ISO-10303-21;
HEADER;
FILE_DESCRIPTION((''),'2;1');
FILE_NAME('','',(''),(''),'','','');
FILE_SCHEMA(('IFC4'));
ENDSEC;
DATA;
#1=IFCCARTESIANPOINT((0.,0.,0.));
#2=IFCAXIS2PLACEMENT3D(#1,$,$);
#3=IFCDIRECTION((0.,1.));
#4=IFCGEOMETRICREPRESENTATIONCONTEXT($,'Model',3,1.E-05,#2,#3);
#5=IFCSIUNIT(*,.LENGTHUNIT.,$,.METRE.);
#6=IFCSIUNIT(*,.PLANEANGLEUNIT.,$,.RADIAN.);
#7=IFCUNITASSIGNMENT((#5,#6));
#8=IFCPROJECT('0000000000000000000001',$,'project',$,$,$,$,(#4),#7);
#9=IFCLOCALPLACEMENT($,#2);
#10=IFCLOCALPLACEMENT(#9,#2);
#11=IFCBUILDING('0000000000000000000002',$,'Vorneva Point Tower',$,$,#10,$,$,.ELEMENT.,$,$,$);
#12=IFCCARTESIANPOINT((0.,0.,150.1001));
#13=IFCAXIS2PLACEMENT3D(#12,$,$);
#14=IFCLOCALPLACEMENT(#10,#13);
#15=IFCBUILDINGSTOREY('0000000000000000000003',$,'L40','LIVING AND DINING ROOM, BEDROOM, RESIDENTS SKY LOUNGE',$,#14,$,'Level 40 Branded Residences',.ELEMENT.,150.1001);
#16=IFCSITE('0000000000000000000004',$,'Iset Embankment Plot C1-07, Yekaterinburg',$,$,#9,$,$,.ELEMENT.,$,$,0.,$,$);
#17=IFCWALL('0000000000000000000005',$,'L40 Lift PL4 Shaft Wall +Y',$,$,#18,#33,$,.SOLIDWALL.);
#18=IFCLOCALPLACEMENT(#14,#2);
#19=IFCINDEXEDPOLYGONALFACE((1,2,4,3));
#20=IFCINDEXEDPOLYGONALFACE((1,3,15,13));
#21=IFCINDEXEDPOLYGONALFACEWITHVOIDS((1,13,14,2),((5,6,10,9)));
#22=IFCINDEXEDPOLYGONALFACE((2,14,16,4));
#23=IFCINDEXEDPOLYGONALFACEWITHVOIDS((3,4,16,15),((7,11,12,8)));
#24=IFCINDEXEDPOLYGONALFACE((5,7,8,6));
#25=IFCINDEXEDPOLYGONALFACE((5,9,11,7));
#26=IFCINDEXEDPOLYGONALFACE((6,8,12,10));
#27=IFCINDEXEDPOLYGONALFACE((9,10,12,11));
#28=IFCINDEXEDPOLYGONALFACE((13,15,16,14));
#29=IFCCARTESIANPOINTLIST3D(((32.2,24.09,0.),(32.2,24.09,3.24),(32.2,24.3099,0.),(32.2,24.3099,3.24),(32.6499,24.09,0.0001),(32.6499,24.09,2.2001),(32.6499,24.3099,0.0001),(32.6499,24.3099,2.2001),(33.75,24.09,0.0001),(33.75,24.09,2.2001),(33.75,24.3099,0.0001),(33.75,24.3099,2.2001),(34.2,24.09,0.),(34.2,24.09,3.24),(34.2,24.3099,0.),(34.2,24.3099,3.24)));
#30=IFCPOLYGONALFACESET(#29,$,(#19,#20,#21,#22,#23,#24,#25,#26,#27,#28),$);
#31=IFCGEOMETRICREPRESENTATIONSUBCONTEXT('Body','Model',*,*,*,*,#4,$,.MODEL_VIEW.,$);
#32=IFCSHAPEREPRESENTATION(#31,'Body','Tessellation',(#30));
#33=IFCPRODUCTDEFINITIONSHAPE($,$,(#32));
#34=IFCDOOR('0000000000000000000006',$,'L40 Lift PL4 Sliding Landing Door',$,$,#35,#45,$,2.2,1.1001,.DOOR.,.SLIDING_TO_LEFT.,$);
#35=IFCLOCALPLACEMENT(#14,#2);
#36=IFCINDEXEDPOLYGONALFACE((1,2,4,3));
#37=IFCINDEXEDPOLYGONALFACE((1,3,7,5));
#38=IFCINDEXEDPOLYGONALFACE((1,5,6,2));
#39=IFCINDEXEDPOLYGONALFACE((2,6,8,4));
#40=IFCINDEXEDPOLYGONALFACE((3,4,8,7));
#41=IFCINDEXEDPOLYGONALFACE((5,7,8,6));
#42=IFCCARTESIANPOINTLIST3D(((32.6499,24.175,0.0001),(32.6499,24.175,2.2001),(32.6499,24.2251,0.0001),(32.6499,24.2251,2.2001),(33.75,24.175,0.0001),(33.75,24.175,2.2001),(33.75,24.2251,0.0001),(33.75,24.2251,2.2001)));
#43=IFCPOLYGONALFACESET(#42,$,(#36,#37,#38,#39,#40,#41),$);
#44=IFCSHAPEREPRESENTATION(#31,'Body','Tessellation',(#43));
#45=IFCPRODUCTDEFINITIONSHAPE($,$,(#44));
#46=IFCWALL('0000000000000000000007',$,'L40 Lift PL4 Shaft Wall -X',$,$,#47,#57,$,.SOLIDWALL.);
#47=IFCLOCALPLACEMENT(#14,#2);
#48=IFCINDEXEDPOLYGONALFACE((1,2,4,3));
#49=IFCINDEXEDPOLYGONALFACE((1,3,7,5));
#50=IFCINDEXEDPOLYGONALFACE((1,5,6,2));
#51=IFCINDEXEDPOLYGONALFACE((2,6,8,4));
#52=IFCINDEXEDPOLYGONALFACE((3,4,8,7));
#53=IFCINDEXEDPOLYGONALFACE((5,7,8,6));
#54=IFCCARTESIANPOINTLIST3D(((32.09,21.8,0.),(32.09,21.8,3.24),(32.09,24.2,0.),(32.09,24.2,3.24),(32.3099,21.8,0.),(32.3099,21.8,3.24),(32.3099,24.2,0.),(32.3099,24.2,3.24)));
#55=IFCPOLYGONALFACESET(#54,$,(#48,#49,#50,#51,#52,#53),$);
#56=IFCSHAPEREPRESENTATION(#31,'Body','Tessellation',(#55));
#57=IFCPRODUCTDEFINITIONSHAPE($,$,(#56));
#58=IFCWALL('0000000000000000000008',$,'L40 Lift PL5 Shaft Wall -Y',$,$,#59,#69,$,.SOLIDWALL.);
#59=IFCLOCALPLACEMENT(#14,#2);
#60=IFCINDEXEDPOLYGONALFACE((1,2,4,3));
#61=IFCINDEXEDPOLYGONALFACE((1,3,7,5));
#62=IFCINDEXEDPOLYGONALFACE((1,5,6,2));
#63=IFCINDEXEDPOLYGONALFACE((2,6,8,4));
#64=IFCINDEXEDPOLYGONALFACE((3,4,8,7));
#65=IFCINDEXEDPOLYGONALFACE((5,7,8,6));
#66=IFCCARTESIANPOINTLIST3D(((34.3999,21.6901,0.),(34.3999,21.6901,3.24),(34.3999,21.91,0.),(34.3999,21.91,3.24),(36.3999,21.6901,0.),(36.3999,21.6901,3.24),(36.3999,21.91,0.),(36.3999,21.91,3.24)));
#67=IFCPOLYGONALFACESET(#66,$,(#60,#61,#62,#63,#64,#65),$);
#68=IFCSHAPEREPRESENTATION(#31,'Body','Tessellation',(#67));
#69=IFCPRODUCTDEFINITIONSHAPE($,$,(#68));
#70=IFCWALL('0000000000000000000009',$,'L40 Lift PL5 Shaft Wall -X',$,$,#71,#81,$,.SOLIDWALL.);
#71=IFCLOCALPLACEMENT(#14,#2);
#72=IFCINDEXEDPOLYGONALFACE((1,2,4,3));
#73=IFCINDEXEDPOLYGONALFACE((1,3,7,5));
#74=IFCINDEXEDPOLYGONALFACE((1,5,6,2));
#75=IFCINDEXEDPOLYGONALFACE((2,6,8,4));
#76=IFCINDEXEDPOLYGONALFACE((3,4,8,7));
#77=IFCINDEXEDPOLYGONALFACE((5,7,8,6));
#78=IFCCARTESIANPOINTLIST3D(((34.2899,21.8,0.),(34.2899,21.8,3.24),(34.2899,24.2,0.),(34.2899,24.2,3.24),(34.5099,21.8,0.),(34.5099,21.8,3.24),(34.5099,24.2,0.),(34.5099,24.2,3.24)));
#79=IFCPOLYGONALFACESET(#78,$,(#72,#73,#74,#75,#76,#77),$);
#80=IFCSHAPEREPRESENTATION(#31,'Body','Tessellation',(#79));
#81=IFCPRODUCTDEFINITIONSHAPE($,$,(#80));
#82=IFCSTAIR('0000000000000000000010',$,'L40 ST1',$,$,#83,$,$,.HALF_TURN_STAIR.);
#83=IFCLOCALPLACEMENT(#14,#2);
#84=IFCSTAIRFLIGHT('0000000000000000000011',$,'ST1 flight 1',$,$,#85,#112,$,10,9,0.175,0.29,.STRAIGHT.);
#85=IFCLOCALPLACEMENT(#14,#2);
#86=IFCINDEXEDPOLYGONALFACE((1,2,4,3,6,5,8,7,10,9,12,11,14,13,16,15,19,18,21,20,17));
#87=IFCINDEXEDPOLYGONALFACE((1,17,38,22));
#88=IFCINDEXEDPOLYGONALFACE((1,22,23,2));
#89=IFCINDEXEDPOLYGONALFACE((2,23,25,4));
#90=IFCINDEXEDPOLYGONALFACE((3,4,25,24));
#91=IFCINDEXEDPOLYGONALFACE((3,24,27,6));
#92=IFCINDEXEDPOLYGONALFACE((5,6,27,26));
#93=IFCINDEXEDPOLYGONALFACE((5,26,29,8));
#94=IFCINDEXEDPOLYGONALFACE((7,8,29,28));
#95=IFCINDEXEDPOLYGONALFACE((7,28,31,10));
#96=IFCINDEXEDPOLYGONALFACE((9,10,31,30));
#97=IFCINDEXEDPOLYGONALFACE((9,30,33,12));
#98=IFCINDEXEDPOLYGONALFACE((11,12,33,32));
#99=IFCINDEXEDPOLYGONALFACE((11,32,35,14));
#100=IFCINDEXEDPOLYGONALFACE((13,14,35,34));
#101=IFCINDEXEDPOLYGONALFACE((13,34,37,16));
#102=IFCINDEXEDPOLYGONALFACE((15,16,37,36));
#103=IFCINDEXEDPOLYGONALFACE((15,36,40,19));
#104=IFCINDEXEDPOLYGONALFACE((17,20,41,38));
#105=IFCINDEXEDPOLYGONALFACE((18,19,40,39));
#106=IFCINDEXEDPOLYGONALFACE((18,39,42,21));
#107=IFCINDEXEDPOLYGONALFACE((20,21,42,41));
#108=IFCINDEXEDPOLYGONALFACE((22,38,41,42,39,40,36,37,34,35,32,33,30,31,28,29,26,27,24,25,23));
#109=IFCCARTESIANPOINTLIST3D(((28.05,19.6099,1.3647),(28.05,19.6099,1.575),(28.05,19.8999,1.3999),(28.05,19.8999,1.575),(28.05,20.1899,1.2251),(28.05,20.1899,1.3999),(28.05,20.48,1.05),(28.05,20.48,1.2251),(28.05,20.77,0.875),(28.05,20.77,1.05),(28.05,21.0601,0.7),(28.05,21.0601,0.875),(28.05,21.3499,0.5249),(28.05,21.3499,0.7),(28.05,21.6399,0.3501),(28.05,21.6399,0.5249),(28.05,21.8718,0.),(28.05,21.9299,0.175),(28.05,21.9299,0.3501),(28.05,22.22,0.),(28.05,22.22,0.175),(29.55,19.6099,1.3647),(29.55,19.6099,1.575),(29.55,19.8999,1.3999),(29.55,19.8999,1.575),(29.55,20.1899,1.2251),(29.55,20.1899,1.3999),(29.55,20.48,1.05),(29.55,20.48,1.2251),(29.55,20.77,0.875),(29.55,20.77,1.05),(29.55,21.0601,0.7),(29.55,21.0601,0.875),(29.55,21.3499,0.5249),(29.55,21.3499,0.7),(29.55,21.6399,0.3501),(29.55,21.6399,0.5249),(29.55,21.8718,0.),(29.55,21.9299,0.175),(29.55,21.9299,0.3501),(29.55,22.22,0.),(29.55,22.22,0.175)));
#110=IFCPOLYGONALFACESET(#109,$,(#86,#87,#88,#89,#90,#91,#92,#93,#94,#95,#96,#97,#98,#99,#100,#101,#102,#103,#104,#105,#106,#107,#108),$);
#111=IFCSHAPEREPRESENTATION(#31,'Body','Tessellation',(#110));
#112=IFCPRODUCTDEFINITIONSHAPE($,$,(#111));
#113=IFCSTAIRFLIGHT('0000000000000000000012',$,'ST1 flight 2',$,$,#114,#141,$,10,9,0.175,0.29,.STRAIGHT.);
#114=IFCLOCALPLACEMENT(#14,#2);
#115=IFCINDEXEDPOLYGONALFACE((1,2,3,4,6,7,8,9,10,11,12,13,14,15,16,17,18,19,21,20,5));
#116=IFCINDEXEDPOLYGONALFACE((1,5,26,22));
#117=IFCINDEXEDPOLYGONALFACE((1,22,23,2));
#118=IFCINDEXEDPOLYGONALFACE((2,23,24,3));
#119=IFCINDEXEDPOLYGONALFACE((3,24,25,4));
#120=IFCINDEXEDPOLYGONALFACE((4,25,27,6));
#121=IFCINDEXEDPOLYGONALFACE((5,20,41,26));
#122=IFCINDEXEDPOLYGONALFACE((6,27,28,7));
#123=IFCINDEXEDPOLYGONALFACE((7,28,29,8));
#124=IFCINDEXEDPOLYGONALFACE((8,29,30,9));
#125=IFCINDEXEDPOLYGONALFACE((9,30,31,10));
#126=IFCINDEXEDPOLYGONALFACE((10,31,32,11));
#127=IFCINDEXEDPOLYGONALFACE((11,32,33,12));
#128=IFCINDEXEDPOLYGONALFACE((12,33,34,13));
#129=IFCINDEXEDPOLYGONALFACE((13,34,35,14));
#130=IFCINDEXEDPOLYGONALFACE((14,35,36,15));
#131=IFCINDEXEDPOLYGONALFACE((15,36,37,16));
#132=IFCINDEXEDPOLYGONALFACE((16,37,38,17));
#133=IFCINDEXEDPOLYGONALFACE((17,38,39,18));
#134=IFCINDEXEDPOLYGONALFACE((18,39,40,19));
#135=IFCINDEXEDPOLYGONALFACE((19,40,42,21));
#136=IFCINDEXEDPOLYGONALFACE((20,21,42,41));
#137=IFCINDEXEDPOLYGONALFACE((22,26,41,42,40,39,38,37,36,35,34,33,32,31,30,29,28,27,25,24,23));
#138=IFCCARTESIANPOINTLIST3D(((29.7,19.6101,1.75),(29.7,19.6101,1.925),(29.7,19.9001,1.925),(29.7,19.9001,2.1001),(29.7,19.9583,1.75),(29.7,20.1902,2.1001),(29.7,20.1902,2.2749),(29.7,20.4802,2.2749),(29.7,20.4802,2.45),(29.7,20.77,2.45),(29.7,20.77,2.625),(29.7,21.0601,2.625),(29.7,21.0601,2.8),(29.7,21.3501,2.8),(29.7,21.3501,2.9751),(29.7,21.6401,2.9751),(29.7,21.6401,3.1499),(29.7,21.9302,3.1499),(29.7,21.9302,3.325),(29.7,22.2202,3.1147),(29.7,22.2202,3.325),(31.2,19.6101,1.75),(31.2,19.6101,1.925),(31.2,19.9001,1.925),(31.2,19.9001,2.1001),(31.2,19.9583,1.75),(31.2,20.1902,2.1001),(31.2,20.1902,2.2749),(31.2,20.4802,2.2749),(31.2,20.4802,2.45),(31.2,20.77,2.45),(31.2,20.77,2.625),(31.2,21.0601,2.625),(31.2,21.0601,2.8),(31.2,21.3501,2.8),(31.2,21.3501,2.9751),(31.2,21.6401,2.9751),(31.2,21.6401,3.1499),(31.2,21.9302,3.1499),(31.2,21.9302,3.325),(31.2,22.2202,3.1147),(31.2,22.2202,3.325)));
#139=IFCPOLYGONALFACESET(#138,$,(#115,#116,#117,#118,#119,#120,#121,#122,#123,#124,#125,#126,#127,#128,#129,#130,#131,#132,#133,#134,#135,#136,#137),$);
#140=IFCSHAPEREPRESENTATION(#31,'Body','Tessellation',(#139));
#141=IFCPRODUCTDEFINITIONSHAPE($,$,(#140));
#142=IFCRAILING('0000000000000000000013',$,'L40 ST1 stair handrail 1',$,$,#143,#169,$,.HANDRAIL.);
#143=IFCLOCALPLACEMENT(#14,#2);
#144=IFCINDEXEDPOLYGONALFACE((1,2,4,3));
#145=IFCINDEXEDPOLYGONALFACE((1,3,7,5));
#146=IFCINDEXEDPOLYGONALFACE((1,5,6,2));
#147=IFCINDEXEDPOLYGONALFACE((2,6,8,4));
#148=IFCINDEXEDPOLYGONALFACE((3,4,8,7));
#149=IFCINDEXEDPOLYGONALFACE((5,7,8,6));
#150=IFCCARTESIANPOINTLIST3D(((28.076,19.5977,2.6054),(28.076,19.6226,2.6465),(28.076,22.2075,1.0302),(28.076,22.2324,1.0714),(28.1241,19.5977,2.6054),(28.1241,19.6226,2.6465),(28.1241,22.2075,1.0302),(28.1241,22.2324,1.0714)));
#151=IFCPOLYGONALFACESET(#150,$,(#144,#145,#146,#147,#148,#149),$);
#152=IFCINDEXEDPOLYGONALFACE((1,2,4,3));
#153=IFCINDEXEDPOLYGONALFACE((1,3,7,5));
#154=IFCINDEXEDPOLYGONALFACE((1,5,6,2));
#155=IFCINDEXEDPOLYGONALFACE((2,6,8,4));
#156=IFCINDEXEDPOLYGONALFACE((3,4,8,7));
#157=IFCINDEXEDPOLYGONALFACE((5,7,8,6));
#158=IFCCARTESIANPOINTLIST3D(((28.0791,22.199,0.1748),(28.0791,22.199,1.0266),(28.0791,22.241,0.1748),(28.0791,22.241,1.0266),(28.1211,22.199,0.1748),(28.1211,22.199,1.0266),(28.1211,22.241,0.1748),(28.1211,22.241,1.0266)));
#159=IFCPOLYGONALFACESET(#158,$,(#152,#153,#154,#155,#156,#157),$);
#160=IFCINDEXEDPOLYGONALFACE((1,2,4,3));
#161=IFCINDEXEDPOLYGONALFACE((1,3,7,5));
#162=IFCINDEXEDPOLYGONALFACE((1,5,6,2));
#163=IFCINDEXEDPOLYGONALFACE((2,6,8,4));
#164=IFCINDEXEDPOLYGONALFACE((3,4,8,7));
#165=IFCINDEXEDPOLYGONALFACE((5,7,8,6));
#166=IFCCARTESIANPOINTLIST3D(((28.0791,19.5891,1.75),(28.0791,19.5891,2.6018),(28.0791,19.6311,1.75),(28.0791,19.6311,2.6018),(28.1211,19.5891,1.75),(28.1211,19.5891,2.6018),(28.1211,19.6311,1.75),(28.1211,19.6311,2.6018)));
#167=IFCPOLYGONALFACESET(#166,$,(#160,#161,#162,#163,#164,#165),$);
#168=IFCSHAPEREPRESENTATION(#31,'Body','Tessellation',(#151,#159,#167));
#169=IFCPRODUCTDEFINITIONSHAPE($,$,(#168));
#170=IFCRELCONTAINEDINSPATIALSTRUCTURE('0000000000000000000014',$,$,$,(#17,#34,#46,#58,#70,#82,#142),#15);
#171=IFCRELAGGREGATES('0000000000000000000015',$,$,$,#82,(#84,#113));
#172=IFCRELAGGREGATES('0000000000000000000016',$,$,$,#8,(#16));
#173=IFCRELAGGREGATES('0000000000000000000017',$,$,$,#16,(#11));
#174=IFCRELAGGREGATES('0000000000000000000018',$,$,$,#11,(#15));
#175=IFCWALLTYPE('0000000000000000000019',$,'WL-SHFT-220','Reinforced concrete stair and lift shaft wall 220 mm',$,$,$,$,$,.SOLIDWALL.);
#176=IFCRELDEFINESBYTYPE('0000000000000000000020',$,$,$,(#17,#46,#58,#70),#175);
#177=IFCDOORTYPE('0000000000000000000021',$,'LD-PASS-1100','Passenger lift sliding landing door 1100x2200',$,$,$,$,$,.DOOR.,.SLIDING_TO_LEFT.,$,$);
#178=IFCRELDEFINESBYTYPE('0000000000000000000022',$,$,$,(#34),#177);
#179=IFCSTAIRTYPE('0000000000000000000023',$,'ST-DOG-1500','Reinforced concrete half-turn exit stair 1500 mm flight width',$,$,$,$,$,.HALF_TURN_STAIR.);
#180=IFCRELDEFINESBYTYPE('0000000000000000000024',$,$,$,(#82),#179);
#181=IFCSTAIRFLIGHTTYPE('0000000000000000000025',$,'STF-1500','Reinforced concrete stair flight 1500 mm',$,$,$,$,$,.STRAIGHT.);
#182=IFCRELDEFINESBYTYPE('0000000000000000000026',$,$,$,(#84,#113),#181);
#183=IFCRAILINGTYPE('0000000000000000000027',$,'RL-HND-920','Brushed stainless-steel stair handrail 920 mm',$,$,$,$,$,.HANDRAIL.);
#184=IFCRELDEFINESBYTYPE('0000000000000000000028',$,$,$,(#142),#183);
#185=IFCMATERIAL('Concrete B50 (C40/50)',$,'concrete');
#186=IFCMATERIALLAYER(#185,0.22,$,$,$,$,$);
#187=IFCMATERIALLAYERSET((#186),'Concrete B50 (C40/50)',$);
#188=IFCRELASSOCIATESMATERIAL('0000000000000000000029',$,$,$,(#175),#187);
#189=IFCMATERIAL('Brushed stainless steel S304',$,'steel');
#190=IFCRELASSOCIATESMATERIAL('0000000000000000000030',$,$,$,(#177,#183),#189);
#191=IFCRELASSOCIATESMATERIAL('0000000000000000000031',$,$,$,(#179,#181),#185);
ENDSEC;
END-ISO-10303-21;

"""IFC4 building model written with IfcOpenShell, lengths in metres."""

from ifc_helpers import new_model, si_unit, direction, frame, frame_2d, origin, origin_2d, place, context, subcontext, project, spatial, polyline, rectangle, outline, extrude, material, layer, layer_set, type_object, element, fill, aggregate, save


model = new_model("IFC4")

# Units and contexts
model_context = context("Model", 3, precision=1e-05, world=origin(), true_north=direction((0.0, 1.0)))
body_context = subcontext(model_context, "Body", "Model", "MODEL_VIEW")
ifc_project = project(units=[si_unit("LENGTHUNIT", "METRE"), si_unit("PLANEANGLEUNIT", "RADIAN")], contexts=[model_context])

# Site, building, storey
site_placement = place(None, origin())
site = spatial("IfcSite", under=ifc_project, at=site_placement, Name="Iset Embankment Plot C1-07, Yekaterinburg", CompositionType="ELEMENT", RefElevation=0.0)
building_placement = place(site_placement, origin())
building = spatial("IfcBuilding", under=site, at=building_placement, Name="Vorneva Point Tower", CompositionType="ELEMENT")
storey_placement = place(building_placement, frame((0.0, 0.0, 150.1001)))
storey = spatial("IfcBuildingStorey", under=building, at=storey_placement, Name="L40", Description="LIVING AND DINING ROOM, BEDROOM, RESIDENTS SKY LOUNGE", LongName="Level 40 Branded Residences", CompositionType="ELEMENT", Elevation=150.1001)

# Shared definitions
ifc_material_1 = material(Name="Concrete B50 (C40/50)", Category="concrete")
ifc_layer_1 = layer(ifc_material_1, 0.22)
ifc_layer_set_1 = layer_set([ifc_layer_1], Name="Concrete B50 (C40/50)")
wall_type_1 = type_object("IfcWallType", Name="WL-SHFT-220", Description="Reinforced concrete stair and lift shaft wall 220 mm", PredefinedType="SOLIDWALL", material=ifc_layer_set_1)

# Wall, opening, door
wall_1_placement = place(storey_placement, frame((34.2, 24.2, 0.0), z_axis=(0.0, 0.0, 1.0), x_axis=(-1.0, 0.0, 0.0)))
wall_1 = element("IfcWall", 1, at=wall_1_placement, inside=storey, type_object=wall_type_1, Name="L40 Lift PL4 Shaft Wall +Y", PredefinedType="SOLIDWALL", context=body_context, shape_type="SweptSolid", body=[
    extrude(rectangle(XDim=2.0, YDim=0.22, at=frame_2d((1.0, 0.0))), origin(), (0.0, 0.0, 1.0), 3.24),
])
opening_1_placement = place(wall_1_placement, frame((0.45, 0.0, 0.0)))
opening_1 = element("IfcOpeningElement", 2, at=opening_1_placement, cuts=wall_1, PredefinedType="OPENING", context=body_context, shape_type="SweptSolid", body=[
    extrude(rectangle(XDim=1.1001, YDim=2.2, at=frame_2d((0.55, 1.1001))), frame((0.0, 0.125, 0.0), z_axis=(0.0, -1.0, 0.0), x_axis=(1.0, 0.0, 0.0)), (0.0, 0.0, 1.0), 0.2498),
])
ifc_material_2 = material(Name="Brushed stainless steel S304", Category="steel")
door_type_1 = type_object("IfcDoorType", Name="LD-PASS-1100", Description="Passenger lift sliding landing door 1100x2200", OperationType="SLIDING_TO_LEFT", PredefinedType="DOOR", material=ifc_material_2)
door_1_placement = place(opening_1_placement, origin())
door_1 = element("IfcDoor", 3, at=door_1_placement, inside=storey, type_object=door_type_1, Name="L40 Lift PL4 Sliding Landing Door", OperationType="SLIDING_TO_LEFT", OverallHeight=2.2, OverallWidth=1.1001, PredefinedType="DOOR", context=body_context, shape_type="SweptSolid", body=[
    extrude(rectangle(XDim=1.1001, YDim=2.2, at=frame_2d((0.55, 1.1001))), frame((0.0, 0.0249, 0.0), z_axis=(0.0, -1.0, 0.0), x_axis=(1.0, 0.0, 0.0)), (0.0, 0.0, 1.0), 0.05),
])
fill(opening_1, door_1)

# Walls
wall_2_placement = place(storey_placement, frame((32.2, 24.2, 0.0), z_axis=(0.0, 0.0, 1.0), x_axis=(0.0, -1.0, 0.0)))
element("IfcWall", 4, at=wall_2_placement, inside=storey, type_object=wall_type_1, Name="L40 Lift PL4 Shaft Wall -X", PredefinedType="SOLIDWALL", context=body_context, shape_type="SweptSolid", body=[
    extrude(rectangle(XDim=2.3999, YDim=0.22, at=frame_2d((1.2, 0.0))), origin(), (0.0, 0.0, 1.0), 3.24),
])
wall_3_placement = place(storey_placement, frame((34.3999, 21.8, 0.0), z_axis=(0.0, 0.0, 1.0), x_axis=(1.0, 0.0, 0.0)))
element("IfcWall", 5, at=wall_3_placement, inside=storey, type_object=wall_type_1, Name="L40 Lift PL5 Shaft Wall -Y", PredefinedType="SOLIDWALL", context=body_context, shape_type="SweptSolid", body=[
    extrude(rectangle(XDim=2.0, YDim=0.22, at=frame_2d((1.0, 0.0))), origin(), (0.0, 0.0, 1.0), 3.24),
])
wall_4_placement = place(storey_placement, frame((34.3999, 24.2, 0.0), z_axis=(0.0, 0.0, 1.0), x_axis=(0.0, -1.0, 0.0)))
element("IfcWall", 6, at=wall_4_placement, inside=storey, type_object=wall_type_1, Name="L40 Lift PL5 Shaft Wall -X", PredefinedType="SOLIDWALL", context=body_context, shape_type="SweptSolid", body=[
    extrude(rectangle(XDim=2.3999, YDim=0.22, at=frame_2d((1.2, 0.0))), origin(), (0.0, 0.0, 1.0), 3.24),
])

# Stair, stair flights
stair_type = type_object("IfcStairType", Name="ST-DOG-1500", Description="Reinforced concrete half-turn exit stair 1500 mm flight width", PredefinedType="HALF_TURN_STAIR", material=ifc_material_1)
stair_placement = place(storey_placement, origin())
stair = element("IfcStair", 7, at=stair_placement, inside=storey, type_object=stair_type, Name="L40 ST1", PredefinedType="HALF_TURN_STAIR")
stair_flight_type = type_object("IfcStairFlightType", Name="STF-1500", Description="Reinforced concrete stair flight 1500 mm", PredefinedType="STRAIGHT", material=ifc_material_1)
stair_flight_1_placement = place(storey_placement, frame((28.8, 22.22, 0.0), z_axis=(0.0, 0.0, 1.0), x_axis=(0.0, -1.0, 0.0)))
stair_flight_1 = element("IfcStairFlight", 8, at=stair_flight_1_placement, type_object=stair_flight_type, Name="ST1 flight 1", NumberOfRisers=10, NumberOfTreads=9, PredefinedType="STRAIGHT", RiserHeight=0.175, TreadLength=0.29, context=body_context, shape_type="SweptSolid", body=[
    extrude(outline(polyline([(0.0, 0.0), (0.0, 0.175), (0.29, 0.175), (0.29, 0.3501), (0.5801, 0.3501), (0.5801, 0.5249), (0.8701, 0.5249), (0.8701, 0.7), (1.1599, 0.7), (1.1599, 0.875), (1.45, 0.875), (1.45, 1.05), (1.74, 1.05), (1.74, 1.2251), (2.03, 1.2251), (2.03, 1.3999), (2.3201, 1.3999), (2.3201, 1.575), (2.6101, 1.575), (2.6101, 1.75), (2.6101, 1.3647), (0.3481, 0.0), (0.0, 0.0)])), frame((0.0, 0.75, 0.0), z_axis=(0.0, -1.0, 0.0), x_axis=(1.0, 0.0, 0.0)), (0.0, 0.0, 1.0), 1.5),
])
stair_flight_2_placement = place(storey_placement, frame((30.45, 19.6101, 1.75), z_axis=(0.0, 0.0, 1.0), x_axis=(0.0, 1.0, 0.0)))
stair_flight_2 = element("IfcStairFlight", 9, at=stair_flight_2_placement, type_object=stair_flight_type, Name="ST1 flight 2", NumberOfRisers=10, NumberOfTreads=9, PredefinedType="STRAIGHT", RiserHeight=0.175, TreadLength=0.29, context=body_context, shape_type="SweptSolid", body=[
    extrude(outline(polyline([(0.0, 0.0), (0.0, 0.175), (0.29, 0.175), (0.29, 0.3501), (0.5801, 0.3501), (0.5801, 0.5249), (0.8701, 0.5249), (0.8701, 0.7), (1.1599, 0.7), (1.1599, 0.875), (1.45, 0.875), (1.45, 1.05), (1.74, 1.05), (1.74, 1.2251), (2.03, 1.2251), (2.03, 1.3999), (2.3201, 1.3999), (2.3201, 1.575), (2.6101, 1.575), (2.6101, 1.75), (2.6101, 1.3647), (0.3481, 0.0), (0.0, 0.0)])), frame((0.0, 0.75, 0.0), z_axis=(0.0, -1.0, 0.0), x_axis=(1.0, 0.0, 0.0)), (0.0, 0.0, 1.0), 1.5),
])
aggregate(stair, [stair_flight_1, stair_flight_2])

# Railing
railing_type_1 = type_object("IfcRailingType", Name="RL-HND-920", Description="Brushed stainless-steel stair handrail 920 mm", PredefinedType="HANDRAIL", material=ifc_material_2)
railing_1_placement = place(storey_placement, frame((28.1001, 22.22, 0.1748)))
element("IfcRailing", 10, at=railing_1_placement, inside=storey, type_object=railing_type_1, Name="L40 ST1 stair handrail 1", PredefinedType="HANDRAIL", context=body_context, shape_type="SweptSolid", body=[
    extrude(rectangle(XDim=0.0481, YDim=0.0481, at=origin_2d()), frame((0.0, 0.0, 0.876), z_axis=(0.0, -0.856147, 0.516732), x_axis=(1.0, 0.0, 0.0)), (0.0, 0.0, 1.0), 3.0483),
    extrude(rectangle(XDim=0.042, YDim=0.042, at=origin_2d()), origin(), (0.0, 0.0, 1.0), 0.8518),
    extrude(rectangle(XDim=0.042, YDim=0.042, at=origin_2d()), frame((0.0, -2.6099, 1.5752)), (0.0, 0.0, 1.0), 0.8518),
])

save(model, "model.ifc")
